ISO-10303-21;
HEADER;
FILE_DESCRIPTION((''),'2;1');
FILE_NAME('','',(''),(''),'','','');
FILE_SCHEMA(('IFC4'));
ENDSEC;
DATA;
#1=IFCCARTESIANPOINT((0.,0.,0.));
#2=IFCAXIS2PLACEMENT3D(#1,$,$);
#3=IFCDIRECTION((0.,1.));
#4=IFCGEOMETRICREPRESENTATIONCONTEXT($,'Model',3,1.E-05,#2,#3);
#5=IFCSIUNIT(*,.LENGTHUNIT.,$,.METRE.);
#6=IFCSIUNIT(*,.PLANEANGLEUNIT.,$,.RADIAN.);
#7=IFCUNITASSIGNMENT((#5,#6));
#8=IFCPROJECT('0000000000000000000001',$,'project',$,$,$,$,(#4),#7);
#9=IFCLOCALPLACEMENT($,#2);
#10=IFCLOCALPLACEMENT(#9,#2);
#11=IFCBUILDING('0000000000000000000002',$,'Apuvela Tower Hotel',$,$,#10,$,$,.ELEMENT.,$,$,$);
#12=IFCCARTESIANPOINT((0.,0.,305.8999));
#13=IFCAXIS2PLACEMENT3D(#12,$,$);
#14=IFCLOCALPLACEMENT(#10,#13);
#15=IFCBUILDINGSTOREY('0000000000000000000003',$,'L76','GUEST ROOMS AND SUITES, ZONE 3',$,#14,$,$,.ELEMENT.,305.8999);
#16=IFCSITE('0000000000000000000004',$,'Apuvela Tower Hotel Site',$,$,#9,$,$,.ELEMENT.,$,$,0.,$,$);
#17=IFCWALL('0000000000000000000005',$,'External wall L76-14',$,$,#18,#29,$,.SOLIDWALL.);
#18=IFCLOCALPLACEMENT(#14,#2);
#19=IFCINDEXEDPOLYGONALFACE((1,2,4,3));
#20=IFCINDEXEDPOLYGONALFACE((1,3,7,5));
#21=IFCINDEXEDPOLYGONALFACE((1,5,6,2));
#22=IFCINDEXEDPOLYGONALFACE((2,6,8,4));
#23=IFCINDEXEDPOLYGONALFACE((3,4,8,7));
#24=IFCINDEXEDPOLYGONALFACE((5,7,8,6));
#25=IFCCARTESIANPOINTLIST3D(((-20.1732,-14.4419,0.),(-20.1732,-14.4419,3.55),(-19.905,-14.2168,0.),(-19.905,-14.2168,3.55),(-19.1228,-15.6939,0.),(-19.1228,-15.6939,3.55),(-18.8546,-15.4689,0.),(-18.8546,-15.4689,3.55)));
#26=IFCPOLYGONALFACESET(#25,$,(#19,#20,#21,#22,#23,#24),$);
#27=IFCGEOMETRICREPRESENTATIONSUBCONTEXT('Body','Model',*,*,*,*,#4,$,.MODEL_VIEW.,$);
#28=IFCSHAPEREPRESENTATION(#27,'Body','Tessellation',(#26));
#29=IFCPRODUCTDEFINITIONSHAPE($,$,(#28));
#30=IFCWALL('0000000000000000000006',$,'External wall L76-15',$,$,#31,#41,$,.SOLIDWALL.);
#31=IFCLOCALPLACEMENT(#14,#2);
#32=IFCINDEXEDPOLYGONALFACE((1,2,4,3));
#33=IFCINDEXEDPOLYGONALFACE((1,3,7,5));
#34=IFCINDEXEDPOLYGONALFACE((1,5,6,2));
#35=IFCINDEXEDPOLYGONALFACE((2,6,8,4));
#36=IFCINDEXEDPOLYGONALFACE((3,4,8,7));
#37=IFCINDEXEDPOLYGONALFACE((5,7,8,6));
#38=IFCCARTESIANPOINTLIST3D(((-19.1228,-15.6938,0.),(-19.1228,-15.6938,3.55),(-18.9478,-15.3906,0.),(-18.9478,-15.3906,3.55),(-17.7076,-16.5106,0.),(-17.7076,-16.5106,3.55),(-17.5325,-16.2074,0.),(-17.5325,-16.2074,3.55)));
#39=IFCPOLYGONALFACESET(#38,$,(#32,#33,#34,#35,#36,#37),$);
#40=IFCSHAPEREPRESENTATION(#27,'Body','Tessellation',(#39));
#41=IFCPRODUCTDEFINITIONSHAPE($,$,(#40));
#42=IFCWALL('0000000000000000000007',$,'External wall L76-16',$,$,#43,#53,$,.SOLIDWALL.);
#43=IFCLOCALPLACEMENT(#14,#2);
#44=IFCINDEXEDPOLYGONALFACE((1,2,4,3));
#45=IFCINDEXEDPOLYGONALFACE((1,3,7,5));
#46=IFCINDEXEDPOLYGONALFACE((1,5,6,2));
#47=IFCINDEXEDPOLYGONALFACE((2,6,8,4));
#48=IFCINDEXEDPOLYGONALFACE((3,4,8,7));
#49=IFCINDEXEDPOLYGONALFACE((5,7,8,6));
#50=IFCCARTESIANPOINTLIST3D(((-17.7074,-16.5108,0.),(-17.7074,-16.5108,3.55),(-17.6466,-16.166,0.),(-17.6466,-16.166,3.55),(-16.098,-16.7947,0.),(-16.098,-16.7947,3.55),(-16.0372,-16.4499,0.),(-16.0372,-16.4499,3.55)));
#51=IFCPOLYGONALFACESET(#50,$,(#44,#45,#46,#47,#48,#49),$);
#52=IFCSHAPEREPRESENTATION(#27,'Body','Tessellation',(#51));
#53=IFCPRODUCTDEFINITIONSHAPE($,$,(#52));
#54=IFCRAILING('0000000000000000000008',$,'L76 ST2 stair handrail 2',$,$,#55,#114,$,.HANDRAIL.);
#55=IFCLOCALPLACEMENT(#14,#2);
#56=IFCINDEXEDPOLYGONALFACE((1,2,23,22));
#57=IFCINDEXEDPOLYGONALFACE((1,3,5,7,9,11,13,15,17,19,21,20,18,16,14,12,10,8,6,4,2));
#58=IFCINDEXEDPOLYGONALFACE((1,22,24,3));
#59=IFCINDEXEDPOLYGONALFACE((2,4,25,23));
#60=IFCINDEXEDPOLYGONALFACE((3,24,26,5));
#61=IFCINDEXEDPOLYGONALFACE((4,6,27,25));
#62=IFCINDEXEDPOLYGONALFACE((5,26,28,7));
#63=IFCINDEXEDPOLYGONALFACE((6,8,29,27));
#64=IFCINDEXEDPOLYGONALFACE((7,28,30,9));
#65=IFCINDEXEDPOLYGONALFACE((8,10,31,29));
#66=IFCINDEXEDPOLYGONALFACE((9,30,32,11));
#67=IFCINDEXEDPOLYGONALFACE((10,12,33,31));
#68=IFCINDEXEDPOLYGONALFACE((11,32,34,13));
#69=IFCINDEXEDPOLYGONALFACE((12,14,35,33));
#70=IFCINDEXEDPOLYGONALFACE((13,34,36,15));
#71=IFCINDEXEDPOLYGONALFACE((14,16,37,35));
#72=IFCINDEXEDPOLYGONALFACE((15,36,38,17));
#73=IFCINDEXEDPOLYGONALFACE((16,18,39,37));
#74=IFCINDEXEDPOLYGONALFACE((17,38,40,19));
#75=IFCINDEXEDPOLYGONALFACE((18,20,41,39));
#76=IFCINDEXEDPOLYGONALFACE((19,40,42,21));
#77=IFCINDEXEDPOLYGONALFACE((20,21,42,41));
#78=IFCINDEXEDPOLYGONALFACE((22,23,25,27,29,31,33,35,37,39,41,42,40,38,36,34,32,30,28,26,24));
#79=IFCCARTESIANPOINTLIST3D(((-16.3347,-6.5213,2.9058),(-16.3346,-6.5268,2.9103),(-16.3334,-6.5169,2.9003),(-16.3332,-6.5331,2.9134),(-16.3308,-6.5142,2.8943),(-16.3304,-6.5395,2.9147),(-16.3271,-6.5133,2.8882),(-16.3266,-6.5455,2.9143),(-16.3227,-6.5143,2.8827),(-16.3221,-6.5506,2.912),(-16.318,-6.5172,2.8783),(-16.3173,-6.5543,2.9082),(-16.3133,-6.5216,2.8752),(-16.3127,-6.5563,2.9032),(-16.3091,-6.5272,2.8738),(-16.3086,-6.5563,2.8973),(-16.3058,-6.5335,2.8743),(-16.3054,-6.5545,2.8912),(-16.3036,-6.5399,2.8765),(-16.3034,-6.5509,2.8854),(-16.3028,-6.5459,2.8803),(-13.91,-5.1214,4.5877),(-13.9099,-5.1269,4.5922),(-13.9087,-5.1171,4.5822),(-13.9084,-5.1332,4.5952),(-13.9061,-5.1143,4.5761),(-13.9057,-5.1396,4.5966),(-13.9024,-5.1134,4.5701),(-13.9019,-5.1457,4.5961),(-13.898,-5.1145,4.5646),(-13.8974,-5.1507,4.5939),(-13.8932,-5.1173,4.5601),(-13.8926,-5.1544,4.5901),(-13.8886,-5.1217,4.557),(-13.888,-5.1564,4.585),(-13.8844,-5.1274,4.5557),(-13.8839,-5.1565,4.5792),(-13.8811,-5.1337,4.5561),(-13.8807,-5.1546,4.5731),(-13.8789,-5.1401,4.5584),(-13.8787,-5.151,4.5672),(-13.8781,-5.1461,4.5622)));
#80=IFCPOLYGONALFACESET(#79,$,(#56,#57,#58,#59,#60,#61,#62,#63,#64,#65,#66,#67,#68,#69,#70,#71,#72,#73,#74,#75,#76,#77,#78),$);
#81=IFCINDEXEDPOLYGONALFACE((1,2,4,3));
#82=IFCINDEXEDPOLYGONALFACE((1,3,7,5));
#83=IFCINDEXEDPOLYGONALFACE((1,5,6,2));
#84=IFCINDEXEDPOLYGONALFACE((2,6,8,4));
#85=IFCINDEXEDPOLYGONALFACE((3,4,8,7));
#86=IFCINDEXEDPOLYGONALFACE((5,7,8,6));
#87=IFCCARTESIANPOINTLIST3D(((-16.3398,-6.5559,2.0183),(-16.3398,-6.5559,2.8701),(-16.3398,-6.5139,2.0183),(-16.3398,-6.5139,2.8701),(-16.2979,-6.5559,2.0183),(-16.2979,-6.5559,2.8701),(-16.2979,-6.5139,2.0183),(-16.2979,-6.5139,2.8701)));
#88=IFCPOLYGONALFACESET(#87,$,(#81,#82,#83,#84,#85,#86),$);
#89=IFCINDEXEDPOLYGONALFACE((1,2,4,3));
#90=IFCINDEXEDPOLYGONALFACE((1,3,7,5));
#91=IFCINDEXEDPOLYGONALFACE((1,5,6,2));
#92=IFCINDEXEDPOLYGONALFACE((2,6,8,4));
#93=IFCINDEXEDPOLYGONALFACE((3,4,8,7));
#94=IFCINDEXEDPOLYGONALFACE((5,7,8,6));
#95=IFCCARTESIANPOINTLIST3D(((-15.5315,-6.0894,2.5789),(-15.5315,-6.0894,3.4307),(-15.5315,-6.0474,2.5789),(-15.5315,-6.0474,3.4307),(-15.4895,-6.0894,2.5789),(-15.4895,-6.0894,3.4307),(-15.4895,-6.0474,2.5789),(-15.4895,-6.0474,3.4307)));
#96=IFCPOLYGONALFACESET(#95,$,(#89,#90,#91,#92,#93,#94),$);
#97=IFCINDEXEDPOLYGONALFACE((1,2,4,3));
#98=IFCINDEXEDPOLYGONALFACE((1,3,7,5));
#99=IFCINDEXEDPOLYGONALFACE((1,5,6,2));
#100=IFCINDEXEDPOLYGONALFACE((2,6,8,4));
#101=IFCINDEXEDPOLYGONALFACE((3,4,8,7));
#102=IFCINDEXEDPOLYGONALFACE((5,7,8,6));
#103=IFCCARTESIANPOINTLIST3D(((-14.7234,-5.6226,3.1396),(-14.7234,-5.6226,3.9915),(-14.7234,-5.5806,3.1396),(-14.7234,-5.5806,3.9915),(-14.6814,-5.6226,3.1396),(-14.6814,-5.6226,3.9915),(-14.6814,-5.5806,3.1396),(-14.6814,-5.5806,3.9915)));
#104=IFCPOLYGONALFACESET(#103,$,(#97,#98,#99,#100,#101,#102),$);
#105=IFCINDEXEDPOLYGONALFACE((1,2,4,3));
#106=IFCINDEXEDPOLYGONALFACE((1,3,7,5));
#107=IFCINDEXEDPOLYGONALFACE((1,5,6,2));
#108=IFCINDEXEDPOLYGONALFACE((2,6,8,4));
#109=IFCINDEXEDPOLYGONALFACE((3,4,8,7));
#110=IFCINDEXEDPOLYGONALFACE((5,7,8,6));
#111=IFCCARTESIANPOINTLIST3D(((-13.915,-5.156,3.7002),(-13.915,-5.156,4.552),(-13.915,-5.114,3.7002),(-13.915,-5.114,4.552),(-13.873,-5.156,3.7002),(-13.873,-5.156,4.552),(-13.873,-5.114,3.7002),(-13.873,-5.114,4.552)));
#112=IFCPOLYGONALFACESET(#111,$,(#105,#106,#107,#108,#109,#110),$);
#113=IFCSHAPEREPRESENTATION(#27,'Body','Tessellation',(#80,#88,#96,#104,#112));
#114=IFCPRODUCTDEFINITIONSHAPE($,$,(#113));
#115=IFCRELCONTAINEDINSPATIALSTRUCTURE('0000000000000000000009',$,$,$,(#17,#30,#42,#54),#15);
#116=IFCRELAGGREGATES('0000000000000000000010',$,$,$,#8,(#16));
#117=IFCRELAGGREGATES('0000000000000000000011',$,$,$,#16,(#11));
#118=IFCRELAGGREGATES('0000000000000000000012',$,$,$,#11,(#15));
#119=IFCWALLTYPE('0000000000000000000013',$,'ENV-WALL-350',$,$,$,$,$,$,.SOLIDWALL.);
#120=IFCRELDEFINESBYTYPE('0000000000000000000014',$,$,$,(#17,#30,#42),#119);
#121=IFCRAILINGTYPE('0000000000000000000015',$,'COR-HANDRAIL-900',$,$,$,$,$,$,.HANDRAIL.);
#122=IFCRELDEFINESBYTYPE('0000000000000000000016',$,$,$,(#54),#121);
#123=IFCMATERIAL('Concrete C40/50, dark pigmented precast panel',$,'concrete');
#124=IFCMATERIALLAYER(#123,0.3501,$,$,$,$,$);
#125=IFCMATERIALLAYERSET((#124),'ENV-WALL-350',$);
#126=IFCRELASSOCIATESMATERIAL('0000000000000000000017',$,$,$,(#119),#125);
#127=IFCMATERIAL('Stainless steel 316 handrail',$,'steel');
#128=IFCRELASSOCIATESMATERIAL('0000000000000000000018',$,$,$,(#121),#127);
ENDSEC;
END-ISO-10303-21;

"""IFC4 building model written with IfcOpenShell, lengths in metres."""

from ifc_helpers import new_model, si_unit, direction, frame, frame_2d, origin, origin_2d, place, context, subcontext, project, spatial, rectangle, circle, extrude, material, layer, layer_set, type_object, element, save


model = new_model("IFC4")

# Units and contexts
model_context = context("Model", 3, precision=1e-05, world=origin(), true_north=direction((0.0, 1.0)))
body_context = subcontext(model_context, "Body", "Model", "MODEL_VIEW")
ifc_project = project(units=[si_unit("LENGTHUNIT", "METRE"), si_unit("PLANEANGLEUNIT", "RADIAN")], contexts=[model_context])

# Site, building, storey
site_placement = place(None, origin())
site = spatial("IfcSite", under=ifc_project, at=site_placement, Name="Apuvela Tower Hotel Site", CompositionType="ELEMENT", RefElevation=0.0)
building_placement = place(site_placement, origin())
building = spatial("IfcBuilding", under=site, at=building_placement, Name="Apuvela Tower Hotel", CompositionType="ELEMENT")
storey_placement = place(building_placement, frame((0.0, 0.0, 305.8999)))
storey = spatial("IfcBuildingStorey", under=building, at=storey_placement, Name="L76", Description="GUEST ROOMS AND SUITES, ZONE 3", CompositionType="ELEMENT", Elevation=305.8999)

# Walls
ifc_material_1 = material(Name="Concrete C40/50, dark pigmented precast panel", Category="concrete")
ifc_layer_1 = layer(ifc_material_1, 0.3501)
ifc_layer_set_1 = layer_set([ifc_layer_1], Name="ENV-WALL-350")
wall_type_1 = type_object("IfcWallType", Name="ENV-WALL-350", PredefinedType="SOLIDWALL", material=ifc_layer_set_1)
wall_1_placement = place(storey_placement, frame((-20.0391, -14.3293, 0.0), z_axis=(0.0, 0.0, 1.0), x_axis=(0.642708, -0.766111, 0.0)))
element("IfcWall", 1, at=wall_1_placement, inside=storey, type_object=wall_type_1, Name="External wall L76-14", PredefinedType="SOLIDWALL", context=body_context, shape_type="SweptSolid", body=[
    extrude(rectangle(XDim=1.6343, YDim=0.3501, at=frame_2d((0.8171, 0.0))), origin(), (0.0, 0.0, 1.0), 3.55),
])
wall_2_placement = place(storey_placement, frame((-19.0352, -15.5422, 0.0), z_axis=(0.0, 0.0, 1.0), x_axis=(0.866084, -0.499899, 0.0)))
element("IfcWall", 2, at=wall_2_placement, inside=storey, type_object=wall_type_1, Name="External wall L76-15", PredefinedType="SOLIDWALL", context=body_context, shape_type="SweptSolid", body=[
    extrude(rectangle(XDim=1.634, YDim=0.3501, at=frame_2d((0.8169, 0.0))), origin(), (0.0, 0.0, 1.0), 3.55),
])
wall_3_placement = place(storey_placement, frame((-17.677, -16.3384, 0.0), z_axis=(0.0, 0.0, 1.0), x_axis=(0.984791, -0.173743, 0.0)))
element("IfcWall", 3, at=wall_3_placement, inside=storey, type_object=wall_type_1, Name="External wall L76-16", PredefinedType="SOLIDWALL", context=body_context, shape_type="SweptSolid", body=[
    extrude(rectangle(XDim=1.6343, YDim=0.3501, at=frame_2d((0.8171, 0.0))), origin(), (0.0, 0.0, 1.0), 3.55),
])

# Railing
ifc_material_2 = material(Name="Stainless steel 316 handrail", Category="steel")
railing_type_1 = type_object("IfcRailingType", Name="COR-HANDRAIL-900", PredefinedType="HANDRAIL", material=ifc_material_2)
railing_1_placement = place(storey_placement, frame((-16.3188, -6.5349, 2.0183)))
element("IfcRailing", 4, at=railing_1_placement, inside=storey, type_object=railing_type_1, Name="L76 ST2 stair handrail 2", PredefinedType="HANDRAIL", context=body_context, shape_type="SweptSolid", body=[
    extrude(circle(Radius=0.0239, at=origin_2d()), frame((0.0, 0.0, 0.876), z_axis=(0.74239, 0.428601, 0.514934), x_axis=(-0.499984, 0.866035, 0.0)), (0.0, 0.0, 1.0), 3.2661),
    extrude(rectangle(XDim=0.042, YDim=0.042, at=origin_2d()), origin(), (0.0, 0.0, 1.0), 0.8518),
    extrude(rectangle(XDim=0.042, YDim=0.042, at=origin_2d()), frame((0.8083, 0.4666, 0.5605)), (0.0, 0.0, 1.0), 0.8518),
    extrude(rectangle(XDim=0.042, YDim=0.042, at=origin_2d()), frame((1.6165, 0.9333, 1.1213)), (0.0, 0.0, 1.0), 0.8518),
    extrude(rectangle(XDim=0.042, YDim=0.042, at=origin_2d()), frame((2.4248, 1.3999, 1.6819)), (0.0, 0.0, 1.0), 0.8518),
])

save(model, "model.ifc")
